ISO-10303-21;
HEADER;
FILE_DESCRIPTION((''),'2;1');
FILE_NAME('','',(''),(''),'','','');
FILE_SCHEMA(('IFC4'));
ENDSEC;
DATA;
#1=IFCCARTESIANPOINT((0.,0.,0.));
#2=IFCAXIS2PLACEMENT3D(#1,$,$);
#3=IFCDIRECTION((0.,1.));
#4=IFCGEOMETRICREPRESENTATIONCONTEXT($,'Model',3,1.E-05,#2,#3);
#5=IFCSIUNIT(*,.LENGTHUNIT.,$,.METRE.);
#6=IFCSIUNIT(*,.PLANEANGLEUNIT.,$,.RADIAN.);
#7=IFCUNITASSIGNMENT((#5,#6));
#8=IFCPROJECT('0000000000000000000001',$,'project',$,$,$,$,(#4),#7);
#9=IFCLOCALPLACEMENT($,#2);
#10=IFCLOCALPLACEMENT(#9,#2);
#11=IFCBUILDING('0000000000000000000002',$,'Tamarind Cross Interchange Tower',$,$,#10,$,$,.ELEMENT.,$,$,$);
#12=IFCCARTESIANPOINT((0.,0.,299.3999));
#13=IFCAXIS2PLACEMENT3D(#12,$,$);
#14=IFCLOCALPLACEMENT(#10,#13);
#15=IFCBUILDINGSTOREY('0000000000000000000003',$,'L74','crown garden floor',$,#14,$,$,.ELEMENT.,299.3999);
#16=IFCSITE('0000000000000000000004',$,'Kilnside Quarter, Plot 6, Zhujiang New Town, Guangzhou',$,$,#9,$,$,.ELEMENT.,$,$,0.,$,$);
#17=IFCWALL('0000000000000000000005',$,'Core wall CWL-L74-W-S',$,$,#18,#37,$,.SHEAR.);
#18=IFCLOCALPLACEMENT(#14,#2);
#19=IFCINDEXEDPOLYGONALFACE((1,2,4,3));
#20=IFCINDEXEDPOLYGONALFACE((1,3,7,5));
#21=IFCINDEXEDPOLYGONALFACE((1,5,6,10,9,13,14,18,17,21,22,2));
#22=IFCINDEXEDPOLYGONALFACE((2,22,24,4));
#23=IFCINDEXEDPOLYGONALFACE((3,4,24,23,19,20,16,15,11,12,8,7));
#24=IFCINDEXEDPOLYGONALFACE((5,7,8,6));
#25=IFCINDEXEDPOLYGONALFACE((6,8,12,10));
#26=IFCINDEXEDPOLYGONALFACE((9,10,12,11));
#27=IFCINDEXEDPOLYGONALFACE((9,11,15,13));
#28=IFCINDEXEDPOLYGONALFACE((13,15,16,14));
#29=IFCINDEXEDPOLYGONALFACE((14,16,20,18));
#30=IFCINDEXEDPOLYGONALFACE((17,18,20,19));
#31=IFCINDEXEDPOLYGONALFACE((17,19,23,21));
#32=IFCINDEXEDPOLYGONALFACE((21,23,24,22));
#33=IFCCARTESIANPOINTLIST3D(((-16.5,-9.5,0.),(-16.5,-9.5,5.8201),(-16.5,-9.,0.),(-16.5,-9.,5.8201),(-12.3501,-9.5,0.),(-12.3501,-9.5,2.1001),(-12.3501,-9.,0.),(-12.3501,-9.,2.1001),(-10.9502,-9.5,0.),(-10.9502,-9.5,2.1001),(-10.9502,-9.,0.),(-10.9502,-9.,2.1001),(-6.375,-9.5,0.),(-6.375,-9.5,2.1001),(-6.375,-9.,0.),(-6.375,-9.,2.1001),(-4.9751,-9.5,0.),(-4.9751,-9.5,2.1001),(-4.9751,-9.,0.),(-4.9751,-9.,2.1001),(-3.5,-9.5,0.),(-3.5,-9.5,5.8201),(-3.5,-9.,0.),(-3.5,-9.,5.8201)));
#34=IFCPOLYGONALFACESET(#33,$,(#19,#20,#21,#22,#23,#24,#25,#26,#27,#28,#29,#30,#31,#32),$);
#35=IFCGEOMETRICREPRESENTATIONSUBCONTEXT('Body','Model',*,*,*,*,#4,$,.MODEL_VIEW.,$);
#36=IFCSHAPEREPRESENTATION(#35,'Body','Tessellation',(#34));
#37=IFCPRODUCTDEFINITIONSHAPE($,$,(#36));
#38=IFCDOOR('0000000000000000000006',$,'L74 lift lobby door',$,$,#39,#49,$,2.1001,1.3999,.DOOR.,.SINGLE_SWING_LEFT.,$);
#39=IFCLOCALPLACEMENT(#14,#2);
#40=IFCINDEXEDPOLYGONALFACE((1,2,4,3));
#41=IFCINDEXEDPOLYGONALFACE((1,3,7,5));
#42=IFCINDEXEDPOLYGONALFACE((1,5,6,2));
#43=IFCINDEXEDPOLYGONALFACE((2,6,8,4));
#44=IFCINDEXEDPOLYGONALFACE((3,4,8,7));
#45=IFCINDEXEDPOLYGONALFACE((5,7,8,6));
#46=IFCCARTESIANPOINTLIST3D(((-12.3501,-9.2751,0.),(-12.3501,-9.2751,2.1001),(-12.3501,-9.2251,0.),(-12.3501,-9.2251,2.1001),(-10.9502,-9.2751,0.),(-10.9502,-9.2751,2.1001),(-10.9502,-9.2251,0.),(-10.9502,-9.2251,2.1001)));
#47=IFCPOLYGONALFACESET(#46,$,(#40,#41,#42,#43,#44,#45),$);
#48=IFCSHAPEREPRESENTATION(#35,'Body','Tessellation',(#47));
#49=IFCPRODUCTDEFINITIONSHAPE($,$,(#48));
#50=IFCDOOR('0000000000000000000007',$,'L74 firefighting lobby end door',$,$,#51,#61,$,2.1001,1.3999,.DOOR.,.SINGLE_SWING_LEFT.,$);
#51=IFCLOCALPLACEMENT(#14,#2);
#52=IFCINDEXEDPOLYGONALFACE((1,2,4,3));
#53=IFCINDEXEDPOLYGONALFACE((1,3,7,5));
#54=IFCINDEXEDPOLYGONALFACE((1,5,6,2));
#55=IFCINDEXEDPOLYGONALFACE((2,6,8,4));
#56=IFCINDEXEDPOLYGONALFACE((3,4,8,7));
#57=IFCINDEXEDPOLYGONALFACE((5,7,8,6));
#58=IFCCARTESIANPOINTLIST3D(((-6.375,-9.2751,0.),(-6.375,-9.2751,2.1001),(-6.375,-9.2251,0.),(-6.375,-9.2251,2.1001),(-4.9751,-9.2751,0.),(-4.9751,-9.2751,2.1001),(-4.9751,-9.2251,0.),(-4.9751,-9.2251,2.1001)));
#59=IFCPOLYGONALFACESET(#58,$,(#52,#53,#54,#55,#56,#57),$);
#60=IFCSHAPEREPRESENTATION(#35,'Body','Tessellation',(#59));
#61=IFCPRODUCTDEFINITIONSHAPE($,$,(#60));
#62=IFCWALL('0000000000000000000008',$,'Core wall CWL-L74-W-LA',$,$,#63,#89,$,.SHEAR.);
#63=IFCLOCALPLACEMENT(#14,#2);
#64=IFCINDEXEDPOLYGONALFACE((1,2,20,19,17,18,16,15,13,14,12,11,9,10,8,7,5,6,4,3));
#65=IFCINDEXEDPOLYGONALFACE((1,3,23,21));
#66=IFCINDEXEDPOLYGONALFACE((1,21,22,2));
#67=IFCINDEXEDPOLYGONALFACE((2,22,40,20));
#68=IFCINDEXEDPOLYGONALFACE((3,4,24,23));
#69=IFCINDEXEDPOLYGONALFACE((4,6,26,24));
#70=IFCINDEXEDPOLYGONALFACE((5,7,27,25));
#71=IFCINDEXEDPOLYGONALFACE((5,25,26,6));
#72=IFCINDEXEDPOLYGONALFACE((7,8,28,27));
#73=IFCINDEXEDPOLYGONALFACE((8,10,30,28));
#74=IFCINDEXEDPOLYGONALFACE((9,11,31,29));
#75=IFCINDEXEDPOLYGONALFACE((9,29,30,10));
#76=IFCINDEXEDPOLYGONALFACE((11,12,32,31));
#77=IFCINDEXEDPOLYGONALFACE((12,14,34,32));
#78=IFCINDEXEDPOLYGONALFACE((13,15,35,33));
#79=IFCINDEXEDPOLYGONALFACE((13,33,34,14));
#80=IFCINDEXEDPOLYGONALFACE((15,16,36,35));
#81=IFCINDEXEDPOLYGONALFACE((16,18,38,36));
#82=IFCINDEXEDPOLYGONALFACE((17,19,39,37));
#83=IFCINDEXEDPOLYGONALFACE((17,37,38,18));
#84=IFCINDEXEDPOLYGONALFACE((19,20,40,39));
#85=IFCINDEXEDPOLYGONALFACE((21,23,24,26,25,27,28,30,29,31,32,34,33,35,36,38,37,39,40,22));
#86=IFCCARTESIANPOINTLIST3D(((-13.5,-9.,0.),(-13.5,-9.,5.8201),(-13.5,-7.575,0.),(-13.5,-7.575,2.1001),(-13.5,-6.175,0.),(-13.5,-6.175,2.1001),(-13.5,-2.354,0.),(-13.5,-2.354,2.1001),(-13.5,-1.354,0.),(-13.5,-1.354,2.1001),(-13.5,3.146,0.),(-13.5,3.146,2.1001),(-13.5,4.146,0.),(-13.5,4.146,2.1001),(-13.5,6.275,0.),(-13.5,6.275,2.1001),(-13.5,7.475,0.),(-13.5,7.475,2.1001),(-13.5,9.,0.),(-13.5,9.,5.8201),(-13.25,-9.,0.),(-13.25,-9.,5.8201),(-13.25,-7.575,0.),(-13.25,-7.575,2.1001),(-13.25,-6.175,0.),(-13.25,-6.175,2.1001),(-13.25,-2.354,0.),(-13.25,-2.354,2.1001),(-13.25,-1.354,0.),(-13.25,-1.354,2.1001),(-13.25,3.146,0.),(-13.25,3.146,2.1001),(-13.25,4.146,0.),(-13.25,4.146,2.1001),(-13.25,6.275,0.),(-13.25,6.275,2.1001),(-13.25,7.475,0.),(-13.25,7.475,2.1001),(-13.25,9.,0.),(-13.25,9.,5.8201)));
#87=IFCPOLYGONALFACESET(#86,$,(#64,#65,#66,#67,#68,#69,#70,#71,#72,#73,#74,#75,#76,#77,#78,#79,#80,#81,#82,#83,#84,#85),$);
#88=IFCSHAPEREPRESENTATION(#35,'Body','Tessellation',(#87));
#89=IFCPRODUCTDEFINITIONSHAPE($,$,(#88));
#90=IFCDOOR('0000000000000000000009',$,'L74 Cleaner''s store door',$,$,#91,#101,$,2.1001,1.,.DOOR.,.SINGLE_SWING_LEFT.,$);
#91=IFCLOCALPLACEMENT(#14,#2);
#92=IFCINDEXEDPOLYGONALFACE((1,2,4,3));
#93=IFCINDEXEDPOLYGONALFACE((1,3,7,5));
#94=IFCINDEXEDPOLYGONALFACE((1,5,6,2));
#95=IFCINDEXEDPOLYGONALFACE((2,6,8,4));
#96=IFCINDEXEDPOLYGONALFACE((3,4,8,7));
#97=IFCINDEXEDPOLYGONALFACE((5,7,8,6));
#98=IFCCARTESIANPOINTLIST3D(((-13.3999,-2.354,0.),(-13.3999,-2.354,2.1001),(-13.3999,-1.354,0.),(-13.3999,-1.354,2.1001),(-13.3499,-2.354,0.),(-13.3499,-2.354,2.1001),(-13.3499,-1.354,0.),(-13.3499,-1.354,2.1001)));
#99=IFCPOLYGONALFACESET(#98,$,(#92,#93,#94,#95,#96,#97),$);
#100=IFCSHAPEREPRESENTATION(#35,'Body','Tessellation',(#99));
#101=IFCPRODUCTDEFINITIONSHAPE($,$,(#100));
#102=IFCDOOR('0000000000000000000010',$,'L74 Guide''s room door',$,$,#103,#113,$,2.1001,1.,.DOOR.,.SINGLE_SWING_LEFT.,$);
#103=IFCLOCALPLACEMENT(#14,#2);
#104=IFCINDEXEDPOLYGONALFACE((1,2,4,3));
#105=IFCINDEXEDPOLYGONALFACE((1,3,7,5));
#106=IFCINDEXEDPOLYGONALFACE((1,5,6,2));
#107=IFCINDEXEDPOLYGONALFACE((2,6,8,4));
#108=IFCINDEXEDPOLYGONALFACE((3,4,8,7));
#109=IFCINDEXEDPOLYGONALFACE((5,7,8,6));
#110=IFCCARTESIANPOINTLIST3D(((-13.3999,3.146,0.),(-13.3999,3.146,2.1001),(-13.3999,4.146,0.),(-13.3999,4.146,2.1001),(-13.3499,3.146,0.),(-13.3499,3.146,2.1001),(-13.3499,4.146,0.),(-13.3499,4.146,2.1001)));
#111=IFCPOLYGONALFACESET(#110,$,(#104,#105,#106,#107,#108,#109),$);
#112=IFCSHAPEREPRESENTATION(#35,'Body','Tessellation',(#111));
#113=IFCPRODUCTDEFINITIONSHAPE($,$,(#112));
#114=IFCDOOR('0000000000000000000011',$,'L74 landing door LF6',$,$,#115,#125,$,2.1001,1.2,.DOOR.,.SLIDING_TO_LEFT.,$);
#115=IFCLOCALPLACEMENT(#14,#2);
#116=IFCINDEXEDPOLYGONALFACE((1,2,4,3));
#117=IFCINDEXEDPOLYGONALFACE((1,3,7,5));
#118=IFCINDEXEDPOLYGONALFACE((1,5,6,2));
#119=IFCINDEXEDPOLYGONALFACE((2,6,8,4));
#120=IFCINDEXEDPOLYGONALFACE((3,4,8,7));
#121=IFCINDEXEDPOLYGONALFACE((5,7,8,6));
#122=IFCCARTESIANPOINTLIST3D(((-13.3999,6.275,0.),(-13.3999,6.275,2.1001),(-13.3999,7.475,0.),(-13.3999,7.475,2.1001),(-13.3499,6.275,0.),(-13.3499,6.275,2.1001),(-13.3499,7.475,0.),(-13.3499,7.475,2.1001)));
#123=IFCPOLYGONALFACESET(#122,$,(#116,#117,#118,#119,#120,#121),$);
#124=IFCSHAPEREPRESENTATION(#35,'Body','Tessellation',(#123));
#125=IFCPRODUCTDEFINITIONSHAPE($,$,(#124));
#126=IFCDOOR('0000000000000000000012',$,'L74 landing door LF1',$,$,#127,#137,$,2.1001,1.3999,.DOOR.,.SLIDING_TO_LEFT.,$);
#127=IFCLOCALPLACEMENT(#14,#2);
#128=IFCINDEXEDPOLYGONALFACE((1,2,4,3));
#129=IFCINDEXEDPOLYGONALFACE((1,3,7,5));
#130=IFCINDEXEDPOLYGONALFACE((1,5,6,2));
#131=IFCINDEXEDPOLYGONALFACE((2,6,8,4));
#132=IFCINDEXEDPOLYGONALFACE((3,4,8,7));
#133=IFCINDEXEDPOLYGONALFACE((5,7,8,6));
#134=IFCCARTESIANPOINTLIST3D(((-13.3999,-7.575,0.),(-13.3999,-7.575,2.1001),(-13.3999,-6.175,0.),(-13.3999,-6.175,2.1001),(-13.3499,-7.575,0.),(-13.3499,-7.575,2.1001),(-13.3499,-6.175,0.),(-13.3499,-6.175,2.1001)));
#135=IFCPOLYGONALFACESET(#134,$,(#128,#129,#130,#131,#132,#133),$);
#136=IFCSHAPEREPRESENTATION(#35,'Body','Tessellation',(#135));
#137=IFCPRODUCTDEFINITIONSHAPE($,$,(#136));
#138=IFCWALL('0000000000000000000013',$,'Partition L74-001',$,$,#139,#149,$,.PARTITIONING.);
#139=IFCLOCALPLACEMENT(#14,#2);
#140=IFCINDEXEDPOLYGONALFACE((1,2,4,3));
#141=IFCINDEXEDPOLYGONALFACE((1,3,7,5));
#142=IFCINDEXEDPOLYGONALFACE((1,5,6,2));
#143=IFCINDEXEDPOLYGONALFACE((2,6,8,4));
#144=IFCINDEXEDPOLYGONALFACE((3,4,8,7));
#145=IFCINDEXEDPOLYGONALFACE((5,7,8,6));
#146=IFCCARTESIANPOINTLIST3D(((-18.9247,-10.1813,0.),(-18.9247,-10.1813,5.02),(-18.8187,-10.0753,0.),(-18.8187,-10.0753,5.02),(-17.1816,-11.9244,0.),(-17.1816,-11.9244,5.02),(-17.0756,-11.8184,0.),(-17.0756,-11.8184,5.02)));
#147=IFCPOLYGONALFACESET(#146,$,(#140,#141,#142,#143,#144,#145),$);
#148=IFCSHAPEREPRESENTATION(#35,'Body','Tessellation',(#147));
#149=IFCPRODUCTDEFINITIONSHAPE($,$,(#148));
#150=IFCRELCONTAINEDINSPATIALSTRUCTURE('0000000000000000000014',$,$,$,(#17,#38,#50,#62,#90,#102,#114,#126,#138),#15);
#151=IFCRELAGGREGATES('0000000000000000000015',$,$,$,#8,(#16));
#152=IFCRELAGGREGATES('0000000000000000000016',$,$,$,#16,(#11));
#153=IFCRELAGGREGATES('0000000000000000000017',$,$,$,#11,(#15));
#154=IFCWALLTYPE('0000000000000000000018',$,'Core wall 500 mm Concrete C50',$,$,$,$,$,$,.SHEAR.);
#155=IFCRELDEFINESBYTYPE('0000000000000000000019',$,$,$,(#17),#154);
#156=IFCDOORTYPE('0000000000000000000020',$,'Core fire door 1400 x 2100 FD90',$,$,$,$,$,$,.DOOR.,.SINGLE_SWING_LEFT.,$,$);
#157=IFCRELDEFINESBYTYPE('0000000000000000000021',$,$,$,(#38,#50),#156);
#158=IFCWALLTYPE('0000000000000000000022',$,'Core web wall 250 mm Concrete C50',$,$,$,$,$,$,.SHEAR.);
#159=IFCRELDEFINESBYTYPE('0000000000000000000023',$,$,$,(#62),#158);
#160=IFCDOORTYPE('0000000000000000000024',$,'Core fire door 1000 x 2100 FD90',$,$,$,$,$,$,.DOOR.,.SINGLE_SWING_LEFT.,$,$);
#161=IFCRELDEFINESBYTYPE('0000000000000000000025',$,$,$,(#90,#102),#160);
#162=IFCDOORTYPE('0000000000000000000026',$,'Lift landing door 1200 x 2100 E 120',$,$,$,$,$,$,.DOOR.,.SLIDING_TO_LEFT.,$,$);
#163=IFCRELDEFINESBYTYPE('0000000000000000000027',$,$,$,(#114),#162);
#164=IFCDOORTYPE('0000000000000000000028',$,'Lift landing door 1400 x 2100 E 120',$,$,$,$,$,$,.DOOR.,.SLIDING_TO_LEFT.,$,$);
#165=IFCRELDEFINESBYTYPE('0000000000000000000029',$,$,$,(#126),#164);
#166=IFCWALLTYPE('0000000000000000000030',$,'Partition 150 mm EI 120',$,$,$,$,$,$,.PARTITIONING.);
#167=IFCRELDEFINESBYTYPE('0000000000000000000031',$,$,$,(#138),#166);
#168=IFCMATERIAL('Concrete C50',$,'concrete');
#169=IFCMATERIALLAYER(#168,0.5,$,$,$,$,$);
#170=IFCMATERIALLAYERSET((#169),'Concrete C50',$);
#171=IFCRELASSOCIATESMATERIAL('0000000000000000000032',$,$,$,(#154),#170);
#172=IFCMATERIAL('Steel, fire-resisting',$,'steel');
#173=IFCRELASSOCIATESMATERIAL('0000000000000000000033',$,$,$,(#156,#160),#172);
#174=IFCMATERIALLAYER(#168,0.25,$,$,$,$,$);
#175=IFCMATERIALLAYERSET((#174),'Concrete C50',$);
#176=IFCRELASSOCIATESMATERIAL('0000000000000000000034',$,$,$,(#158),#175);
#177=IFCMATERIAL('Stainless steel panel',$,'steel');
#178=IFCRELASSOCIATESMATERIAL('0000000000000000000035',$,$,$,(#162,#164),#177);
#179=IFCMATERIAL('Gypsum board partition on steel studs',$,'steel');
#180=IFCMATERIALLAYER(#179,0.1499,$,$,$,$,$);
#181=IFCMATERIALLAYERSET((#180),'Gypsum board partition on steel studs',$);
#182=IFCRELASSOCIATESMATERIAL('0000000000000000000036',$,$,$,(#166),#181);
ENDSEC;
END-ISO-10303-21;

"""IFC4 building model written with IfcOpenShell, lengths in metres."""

from ifc_helpers import new_model, si_unit, direction, frame, frame_2d, origin, place, context, subcontext, project, spatial, rectangle, extrude, material, layer, layer_set, type_object, element, fill, save


model = new_model("IFC4")

# Units and contexts
model_context = context("Model", 3, precision=1e-05, world=origin(), true_north=direction((0.0, 1.0)))
body_context = subcontext(model_context, "Body", "Model", "MODEL_VIEW")
ifc_project = project(units=[si_unit("LENGTHUNIT", "METRE"), si_unit("PLANEANGLEUNIT", "RADIAN")], contexts=[model_context])

# Site, building, storey
site_placement = place(None, origin())
site = spatial("IfcSite", under=ifc_project, at=site_placement, Name="Kilnside Quarter, Plot 6, Zhujiang New Town, Guangzhou", CompositionType="ELEMENT", RefElevation=0.0)
building_placement = place(site_placement, origin())
building = spatial("IfcBuilding", under=site, at=building_placement, Name="Tamarind Cross Interchange Tower", CompositionType="ELEMENT")
storey_placement = place(building_placement, frame((0.0, 0.0, 299.3999)))
storey = spatial("IfcBuildingStorey", under=building, at=storey_placement, Name="L74", Description="crown garden floor", CompositionType="ELEMENT", Elevation=299.3999)

# Walls, openings, doors
ifc_material_1 = material(Name="Concrete C50", Category="concrete")
ifc_layer_1 = layer(ifc_material_1, 0.5)
ifc_layer_set_1 = layer_set([ifc_layer_1], Name="Concrete C50")
wall_type_1 = type_object("IfcWallType", Name="Core wall 500 mm Concrete C50", PredefinedType="SHEAR", material=ifc_layer_set_1)
wall_1_placement = place(storey_placement, frame((-16.5, -9.25, 0.0), z_axis=(0.0, 0.0, 1.0), x_axis=(1.0, 0.0, 0.0)))
wall_1 = element("IfcWall", 1, at=wall_1_placement, inside=storey, type_object=wall_type_1, Name="Core wall CWL-L74-W-S", PredefinedType="SHEAR", context=body_context, shape_type="SweptSolid", body=[
    extrude(rectangle(XDim=13.0, YDim=0.5, at=frame_2d((6.5, 0.0))), origin(), (0.0, 0.0, 1.0), 5.8201),
])
opening_1_placement = place(wall_1_placement, frame((4.1499, 0.0, 0.0)))
opening_1 = element("IfcOpeningElement", 2, at=opening_1_placement, cuts=wall_1, PredefinedType="OPENING", context=body_context, shape_type="SweptSolid", body=[
    extrude(rectangle(XDim=1.3999, YDim=2.1001, at=frame_2d((0.7, 1.05))), frame((0.0, 0.26, 0.0), z_axis=(0.0, -1.0, 0.0), x_axis=(1.0, 0.0, 0.0)), (0.0, 0.0, 1.0), 0.52),
])
opening_2_placement = place(wall_1_placement, frame((10.125, 0.0, 0.0)))
opening_2 = element("IfcOpeningElement", 3, at=opening_2_placement, cuts=wall_1, PredefinedType="OPENING", context=body_context, shape_type="SweptSolid", body=[
    extrude(rectangle(XDim=1.3999, YDim=2.1001, at=frame_2d((0.7, 1.05))), frame((0.0, 0.26, 0.0), z_axis=(0.0, -1.0, 0.0), x_axis=(1.0, 0.0, 0.0)), (0.0, 0.0, 1.0), 0.52),
])
ifc_material_2 = material(Name="Steel, fire-resisting", Category="steel")
door_type_1 = type_object("IfcDoorType", Name="Core fire door 1400 x 2100 FD90", OperationType="SINGLE_SWING_LEFT", PredefinedType="DOOR", material=ifc_material_2)
door_1_placement = place(opening_1_placement, origin())
door_1 = element("IfcDoor", 4, at=door_1_placement, inside=storey, type_object=door_type_1, Name="L74 lift lobby door", OperationType="SINGLE_SWING_LEFT", OverallHeight=2.1001, OverallWidth=1.3999, PredefinedType="DOOR", context=body_context, shape_type="SweptSolid", body=[
    extrude(rectangle(XDim=1.3999, YDim=2.1001, at=frame_2d((0.7, 1.05))), frame((0.0, 0.0249, 0.0), z_axis=(0.0, -1.0, 0.0), x_axis=(1.0, 0.0, 0.0)), (0.0, 0.0, 1.0), 0.05),
])
fill(opening_1, door_1)
door_2_placement = place(opening_2_placement, origin())
door_2 = element("IfcDoor", 5, at=door_2_placement, inside=storey, type_object=door_type_1, Name="L74 firefighting lobby end door", OperationType="SINGLE_SWING_LEFT", OverallHeight=2.1001, OverallWidth=1.3999, PredefinedType="DOOR", context=body_context, shape_type="SweptSolid", body=[
    extrude(rectangle(XDim=1.3999, YDim=2.1001, at=frame_2d((0.7, 1.05))), frame((0.0, 0.0249, 0.0), z_axis=(0.0, -1.0, 0.0), x_axis=(1.0, 0.0, 0.0)), (0.0, 0.0, 1.0), 0.05),
])
fill(opening_2, door_2)
ifc_layer_2 = layer(ifc_material_1, 0.25)
ifc_layer_set_2 = layer_set([ifc_layer_2], Name="Concrete C50")
wall_type_2 = type_object("IfcWallType", Name="Core web wall 250 mm Concrete C50", PredefinedType="SHEAR", material=ifc_layer_set_2)
wall_2_placement = place(storey_placement, frame((-13.375, -9.0, 0.0), z_axis=(0.0, 0.0, 1.0), x_axis=(0.0, 1.0, 0.0)))
wall_2 = element("IfcWall", 6, at=wall_2_placement, inside=storey, type_object=wall_type_2, Name="Core wall CWL-L74-W-LA", PredefinedType="SHEAR", context=body_context, shape_type="SweptSolid", body=[
    extrude(rectangle(XDim=18.0, YDim=0.25, at=frame_2d((9.0, 0.0))), origin(), (0.0, 0.0, 1.0), 5.8201),
])
opening_3_placement = place(wall_2_placement, frame((1.425, 0.0, 0.0)))
opening_3 = element("IfcOpeningElement", 7, at=opening_3_placement, cuts=wall_2, PredefinedType="OPENING", context=body_context, shape_type="SweptSolid", body=[
    extrude(rectangle(XDim=1.3999, YDim=2.1001, at=frame_2d((0.7, 1.05))), frame((0.0, 0.135, 0.0), z_axis=(0.0, -1.0, 0.0), x_axis=(1.0, 0.0, 0.0)), (0.0, 0.0, 1.0), 0.27),
])
opening_4_placement = place(wall_2_placement, frame((15.2749, 0.0, 0.0)))
opening_4 = element("IfcOpeningElement", 8, at=opening_4_placement, cuts=wall_2, PredefinedType="OPENING", context=body_context, shape_type="SweptSolid", body=[
    extrude(rectangle(XDim=1.2, YDim=2.1001, at=frame_2d((0.6001, 1.05))), frame((0.0, 0.135, 0.0), z_axis=(0.0, -1.0, 0.0), x_axis=(1.0, 0.0, 0.0)), (0.0, 0.0, 1.0), 0.27),
])
opening_5_placement = place(wall_2_placement, frame((6.646, 0.0, 0.0)))
opening_5 = element("IfcOpeningElement", 9, at=opening_5_placement, cuts=wall_2, PredefinedType="OPENING", context=body_context, shape_type="SweptSolid", body=[
    extrude(rectangle(XDim=1.0, YDim=2.1001, at=frame_2d((0.5, 1.05))), frame((0.0, 0.135, 0.0), z_axis=(0.0, -1.0, 0.0), x_axis=(1.0, 0.0, 0.0)), (0.0, 0.0, 1.0), 0.27),
])
opening_6_placement = place(wall_2_placement, frame((12.146, 0.0, 0.0)))
opening_6 = element("IfcOpeningElement", 10, at=opening_6_placement, cuts=wall_2, PredefinedType="OPENING", context=body_context, shape_type="SweptSolid", body=[
    extrude(rectangle(XDim=1.0, YDim=2.1001, at=frame_2d((0.5, 1.05))), frame((0.0, 0.135, 0.0), z_axis=(0.0, -1.0, 0.0), x_axis=(1.0, 0.0, 0.0)), (0.0, 0.0, 1.0), 0.27),
])
door_type_2 = type_object("IfcDoorType", Name="Core fire door 1000 x 2100 FD90", OperationType="SINGLE_SWING_LEFT", PredefinedType="DOOR", material=ifc_material_2)
door_3_placement = place(opening_5_placement, origin())
door_3 = element("IfcDoor", 11, at=door_3_placement, inside=storey, type_object=door_type_2, Name="L74 Cleaner's store door", OperationType="SINGLE_SWING_LEFT", OverallHeight=2.1001, OverallWidth=1.0, PredefinedType="DOOR", context=body_context, shape_type="SweptSolid", body=[
    extrude(rectangle(XDim=1.0, YDim=2.1001, at=frame_2d((0.5, 1.05))), frame((0.0, 0.0249, 0.0), z_axis=(0.0, -1.0, 0.0), x_axis=(1.0, 0.0, 0.0)), (0.0, 0.0, 1.0), 0.05),
])
fill(opening_5, door_3)
door_4_placement = place(opening_6_placement, origin())
door_4 = element("IfcDoor", 12, at=door_4_placement, inside=storey, type_object=door_type_2, Name="L74 Guide's room door", OperationType="SINGLE_SWING_LEFT", OverallHeight=2.1001, OverallWidth=1.0, PredefinedType="DOOR", context=body_context, shape_type="SweptSolid", body=[
    extrude(rectangle(XDim=1.0, YDim=2.1001, at=frame_2d((0.5, 1.05))), frame((0.0, 0.0249, 0.0), z_axis=(0.0, -1.0, 0.0), x_axis=(1.0, 0.0, 0.0)), (0.0, 0.0, 1.0), 0.05),
])
fill(opening_6, door_4)
ifc_material_3 = material(Name="Stainless steel panel", Category="steel")
door_type_3 = type_object("IfcDoorType", Name="Lift landing door 1200 x 2100 E 120", OperationType="SLIDING_TO_LEFT", PredefinedType="DOOR", material=ifc_material_3)
door_5_placement = place(opening_4_placement, origin())
door_5 = element("IfcDoor", 13, at=door_5_placement, inside=storey, type_object=door_type_3, Name="L74 landing door LF6", OperationType="SLIDING_TO_LEFT", OverallHeight=2.1001, OverallWidth=1.2, PredefinedType="DOOR", context=body_context, shape_type="SweptSolid", body=[
    extrude(rectangle(XDim=1.2, YDim=2.1001, at=frame_2d((0.6001, 1.05))), frame((0.0, 0.0249, 0.0), z_axis=(0.0, -1.0, 0.0), x_axis=(1.0, 0.0, 0.0)), (0.0, 0.0, 1.0), 0.05),
])
fill(opening_4, door_5)
door_type_4 = type_object("IfcDoorType", Name="Lift landing door 1400 x 2100 E 120", OperationType="SLIDING_TO_LEFT", PredefinedType="DOOR", material=ifc_material_3)
door_6_placement = place(opening_3_placement, origin())
door_6 = element("IfcDoor", 14, at=door_6_placement, inside=storey, type_object=door_type_4, Name="L74 landing door LF1", OperationType="SLIDING_TO_LEFT", OverallHeight=2.1001, OverallWidth=1.3999, PredefinedType="DOOR", context=body_context, shape_type="SweptSolid", body=[
    extrude(rectangle(XDim=1.3999, YDim=2.1001, at=frame_2d((0.7, 1.05))), frame((0.0, 0.0249, 0.0), z_axis=(0.0, -1.0, 0.0), x_axis=(1.0, 0.0, 0.0)), (0.0, 0.0, 1.0), 0.05),
])
fill(opening_3, door_6)

# Wall
ifc_material_4 = material(Name="Gypsum board partition on steel studs", Category="steel")
ifc_layer_3 = layer(ifc_material_4, 0.1499)
ifc_layer_set_3 = layer_set([ifc_layer_3], Name="Gypsum board partition on steel studs")
wall_type_3 = type_object("IfcWallType", Name="Partition 150 mm EI 120", PredefinedType="PARTITIONING", material=ifc_layer_set_3)
wall_3_placement = place(storey_placement, frame((-18.8716, -10.1284, 0.0), z_axis=(0.0, 0.0, 1.0), x_axis=(0.707107, -0.707107, 0.0)))
element("IfcWall", 15, at=wall_3_placement, inside=storey, type_object=wall_type_3, Name="Partition L74-001", PredefinedType="PARTITIONING", context=body_context, shape_type="SweptSolid", body=[
    extrude(rectangle(XDim=2.4651, YDim=0.1499, at=frame_2d((1.2324, 0.0))), origin(), (0.0, 0.0, 1.0), 5.02),
])

save(model, "model.ifc")
